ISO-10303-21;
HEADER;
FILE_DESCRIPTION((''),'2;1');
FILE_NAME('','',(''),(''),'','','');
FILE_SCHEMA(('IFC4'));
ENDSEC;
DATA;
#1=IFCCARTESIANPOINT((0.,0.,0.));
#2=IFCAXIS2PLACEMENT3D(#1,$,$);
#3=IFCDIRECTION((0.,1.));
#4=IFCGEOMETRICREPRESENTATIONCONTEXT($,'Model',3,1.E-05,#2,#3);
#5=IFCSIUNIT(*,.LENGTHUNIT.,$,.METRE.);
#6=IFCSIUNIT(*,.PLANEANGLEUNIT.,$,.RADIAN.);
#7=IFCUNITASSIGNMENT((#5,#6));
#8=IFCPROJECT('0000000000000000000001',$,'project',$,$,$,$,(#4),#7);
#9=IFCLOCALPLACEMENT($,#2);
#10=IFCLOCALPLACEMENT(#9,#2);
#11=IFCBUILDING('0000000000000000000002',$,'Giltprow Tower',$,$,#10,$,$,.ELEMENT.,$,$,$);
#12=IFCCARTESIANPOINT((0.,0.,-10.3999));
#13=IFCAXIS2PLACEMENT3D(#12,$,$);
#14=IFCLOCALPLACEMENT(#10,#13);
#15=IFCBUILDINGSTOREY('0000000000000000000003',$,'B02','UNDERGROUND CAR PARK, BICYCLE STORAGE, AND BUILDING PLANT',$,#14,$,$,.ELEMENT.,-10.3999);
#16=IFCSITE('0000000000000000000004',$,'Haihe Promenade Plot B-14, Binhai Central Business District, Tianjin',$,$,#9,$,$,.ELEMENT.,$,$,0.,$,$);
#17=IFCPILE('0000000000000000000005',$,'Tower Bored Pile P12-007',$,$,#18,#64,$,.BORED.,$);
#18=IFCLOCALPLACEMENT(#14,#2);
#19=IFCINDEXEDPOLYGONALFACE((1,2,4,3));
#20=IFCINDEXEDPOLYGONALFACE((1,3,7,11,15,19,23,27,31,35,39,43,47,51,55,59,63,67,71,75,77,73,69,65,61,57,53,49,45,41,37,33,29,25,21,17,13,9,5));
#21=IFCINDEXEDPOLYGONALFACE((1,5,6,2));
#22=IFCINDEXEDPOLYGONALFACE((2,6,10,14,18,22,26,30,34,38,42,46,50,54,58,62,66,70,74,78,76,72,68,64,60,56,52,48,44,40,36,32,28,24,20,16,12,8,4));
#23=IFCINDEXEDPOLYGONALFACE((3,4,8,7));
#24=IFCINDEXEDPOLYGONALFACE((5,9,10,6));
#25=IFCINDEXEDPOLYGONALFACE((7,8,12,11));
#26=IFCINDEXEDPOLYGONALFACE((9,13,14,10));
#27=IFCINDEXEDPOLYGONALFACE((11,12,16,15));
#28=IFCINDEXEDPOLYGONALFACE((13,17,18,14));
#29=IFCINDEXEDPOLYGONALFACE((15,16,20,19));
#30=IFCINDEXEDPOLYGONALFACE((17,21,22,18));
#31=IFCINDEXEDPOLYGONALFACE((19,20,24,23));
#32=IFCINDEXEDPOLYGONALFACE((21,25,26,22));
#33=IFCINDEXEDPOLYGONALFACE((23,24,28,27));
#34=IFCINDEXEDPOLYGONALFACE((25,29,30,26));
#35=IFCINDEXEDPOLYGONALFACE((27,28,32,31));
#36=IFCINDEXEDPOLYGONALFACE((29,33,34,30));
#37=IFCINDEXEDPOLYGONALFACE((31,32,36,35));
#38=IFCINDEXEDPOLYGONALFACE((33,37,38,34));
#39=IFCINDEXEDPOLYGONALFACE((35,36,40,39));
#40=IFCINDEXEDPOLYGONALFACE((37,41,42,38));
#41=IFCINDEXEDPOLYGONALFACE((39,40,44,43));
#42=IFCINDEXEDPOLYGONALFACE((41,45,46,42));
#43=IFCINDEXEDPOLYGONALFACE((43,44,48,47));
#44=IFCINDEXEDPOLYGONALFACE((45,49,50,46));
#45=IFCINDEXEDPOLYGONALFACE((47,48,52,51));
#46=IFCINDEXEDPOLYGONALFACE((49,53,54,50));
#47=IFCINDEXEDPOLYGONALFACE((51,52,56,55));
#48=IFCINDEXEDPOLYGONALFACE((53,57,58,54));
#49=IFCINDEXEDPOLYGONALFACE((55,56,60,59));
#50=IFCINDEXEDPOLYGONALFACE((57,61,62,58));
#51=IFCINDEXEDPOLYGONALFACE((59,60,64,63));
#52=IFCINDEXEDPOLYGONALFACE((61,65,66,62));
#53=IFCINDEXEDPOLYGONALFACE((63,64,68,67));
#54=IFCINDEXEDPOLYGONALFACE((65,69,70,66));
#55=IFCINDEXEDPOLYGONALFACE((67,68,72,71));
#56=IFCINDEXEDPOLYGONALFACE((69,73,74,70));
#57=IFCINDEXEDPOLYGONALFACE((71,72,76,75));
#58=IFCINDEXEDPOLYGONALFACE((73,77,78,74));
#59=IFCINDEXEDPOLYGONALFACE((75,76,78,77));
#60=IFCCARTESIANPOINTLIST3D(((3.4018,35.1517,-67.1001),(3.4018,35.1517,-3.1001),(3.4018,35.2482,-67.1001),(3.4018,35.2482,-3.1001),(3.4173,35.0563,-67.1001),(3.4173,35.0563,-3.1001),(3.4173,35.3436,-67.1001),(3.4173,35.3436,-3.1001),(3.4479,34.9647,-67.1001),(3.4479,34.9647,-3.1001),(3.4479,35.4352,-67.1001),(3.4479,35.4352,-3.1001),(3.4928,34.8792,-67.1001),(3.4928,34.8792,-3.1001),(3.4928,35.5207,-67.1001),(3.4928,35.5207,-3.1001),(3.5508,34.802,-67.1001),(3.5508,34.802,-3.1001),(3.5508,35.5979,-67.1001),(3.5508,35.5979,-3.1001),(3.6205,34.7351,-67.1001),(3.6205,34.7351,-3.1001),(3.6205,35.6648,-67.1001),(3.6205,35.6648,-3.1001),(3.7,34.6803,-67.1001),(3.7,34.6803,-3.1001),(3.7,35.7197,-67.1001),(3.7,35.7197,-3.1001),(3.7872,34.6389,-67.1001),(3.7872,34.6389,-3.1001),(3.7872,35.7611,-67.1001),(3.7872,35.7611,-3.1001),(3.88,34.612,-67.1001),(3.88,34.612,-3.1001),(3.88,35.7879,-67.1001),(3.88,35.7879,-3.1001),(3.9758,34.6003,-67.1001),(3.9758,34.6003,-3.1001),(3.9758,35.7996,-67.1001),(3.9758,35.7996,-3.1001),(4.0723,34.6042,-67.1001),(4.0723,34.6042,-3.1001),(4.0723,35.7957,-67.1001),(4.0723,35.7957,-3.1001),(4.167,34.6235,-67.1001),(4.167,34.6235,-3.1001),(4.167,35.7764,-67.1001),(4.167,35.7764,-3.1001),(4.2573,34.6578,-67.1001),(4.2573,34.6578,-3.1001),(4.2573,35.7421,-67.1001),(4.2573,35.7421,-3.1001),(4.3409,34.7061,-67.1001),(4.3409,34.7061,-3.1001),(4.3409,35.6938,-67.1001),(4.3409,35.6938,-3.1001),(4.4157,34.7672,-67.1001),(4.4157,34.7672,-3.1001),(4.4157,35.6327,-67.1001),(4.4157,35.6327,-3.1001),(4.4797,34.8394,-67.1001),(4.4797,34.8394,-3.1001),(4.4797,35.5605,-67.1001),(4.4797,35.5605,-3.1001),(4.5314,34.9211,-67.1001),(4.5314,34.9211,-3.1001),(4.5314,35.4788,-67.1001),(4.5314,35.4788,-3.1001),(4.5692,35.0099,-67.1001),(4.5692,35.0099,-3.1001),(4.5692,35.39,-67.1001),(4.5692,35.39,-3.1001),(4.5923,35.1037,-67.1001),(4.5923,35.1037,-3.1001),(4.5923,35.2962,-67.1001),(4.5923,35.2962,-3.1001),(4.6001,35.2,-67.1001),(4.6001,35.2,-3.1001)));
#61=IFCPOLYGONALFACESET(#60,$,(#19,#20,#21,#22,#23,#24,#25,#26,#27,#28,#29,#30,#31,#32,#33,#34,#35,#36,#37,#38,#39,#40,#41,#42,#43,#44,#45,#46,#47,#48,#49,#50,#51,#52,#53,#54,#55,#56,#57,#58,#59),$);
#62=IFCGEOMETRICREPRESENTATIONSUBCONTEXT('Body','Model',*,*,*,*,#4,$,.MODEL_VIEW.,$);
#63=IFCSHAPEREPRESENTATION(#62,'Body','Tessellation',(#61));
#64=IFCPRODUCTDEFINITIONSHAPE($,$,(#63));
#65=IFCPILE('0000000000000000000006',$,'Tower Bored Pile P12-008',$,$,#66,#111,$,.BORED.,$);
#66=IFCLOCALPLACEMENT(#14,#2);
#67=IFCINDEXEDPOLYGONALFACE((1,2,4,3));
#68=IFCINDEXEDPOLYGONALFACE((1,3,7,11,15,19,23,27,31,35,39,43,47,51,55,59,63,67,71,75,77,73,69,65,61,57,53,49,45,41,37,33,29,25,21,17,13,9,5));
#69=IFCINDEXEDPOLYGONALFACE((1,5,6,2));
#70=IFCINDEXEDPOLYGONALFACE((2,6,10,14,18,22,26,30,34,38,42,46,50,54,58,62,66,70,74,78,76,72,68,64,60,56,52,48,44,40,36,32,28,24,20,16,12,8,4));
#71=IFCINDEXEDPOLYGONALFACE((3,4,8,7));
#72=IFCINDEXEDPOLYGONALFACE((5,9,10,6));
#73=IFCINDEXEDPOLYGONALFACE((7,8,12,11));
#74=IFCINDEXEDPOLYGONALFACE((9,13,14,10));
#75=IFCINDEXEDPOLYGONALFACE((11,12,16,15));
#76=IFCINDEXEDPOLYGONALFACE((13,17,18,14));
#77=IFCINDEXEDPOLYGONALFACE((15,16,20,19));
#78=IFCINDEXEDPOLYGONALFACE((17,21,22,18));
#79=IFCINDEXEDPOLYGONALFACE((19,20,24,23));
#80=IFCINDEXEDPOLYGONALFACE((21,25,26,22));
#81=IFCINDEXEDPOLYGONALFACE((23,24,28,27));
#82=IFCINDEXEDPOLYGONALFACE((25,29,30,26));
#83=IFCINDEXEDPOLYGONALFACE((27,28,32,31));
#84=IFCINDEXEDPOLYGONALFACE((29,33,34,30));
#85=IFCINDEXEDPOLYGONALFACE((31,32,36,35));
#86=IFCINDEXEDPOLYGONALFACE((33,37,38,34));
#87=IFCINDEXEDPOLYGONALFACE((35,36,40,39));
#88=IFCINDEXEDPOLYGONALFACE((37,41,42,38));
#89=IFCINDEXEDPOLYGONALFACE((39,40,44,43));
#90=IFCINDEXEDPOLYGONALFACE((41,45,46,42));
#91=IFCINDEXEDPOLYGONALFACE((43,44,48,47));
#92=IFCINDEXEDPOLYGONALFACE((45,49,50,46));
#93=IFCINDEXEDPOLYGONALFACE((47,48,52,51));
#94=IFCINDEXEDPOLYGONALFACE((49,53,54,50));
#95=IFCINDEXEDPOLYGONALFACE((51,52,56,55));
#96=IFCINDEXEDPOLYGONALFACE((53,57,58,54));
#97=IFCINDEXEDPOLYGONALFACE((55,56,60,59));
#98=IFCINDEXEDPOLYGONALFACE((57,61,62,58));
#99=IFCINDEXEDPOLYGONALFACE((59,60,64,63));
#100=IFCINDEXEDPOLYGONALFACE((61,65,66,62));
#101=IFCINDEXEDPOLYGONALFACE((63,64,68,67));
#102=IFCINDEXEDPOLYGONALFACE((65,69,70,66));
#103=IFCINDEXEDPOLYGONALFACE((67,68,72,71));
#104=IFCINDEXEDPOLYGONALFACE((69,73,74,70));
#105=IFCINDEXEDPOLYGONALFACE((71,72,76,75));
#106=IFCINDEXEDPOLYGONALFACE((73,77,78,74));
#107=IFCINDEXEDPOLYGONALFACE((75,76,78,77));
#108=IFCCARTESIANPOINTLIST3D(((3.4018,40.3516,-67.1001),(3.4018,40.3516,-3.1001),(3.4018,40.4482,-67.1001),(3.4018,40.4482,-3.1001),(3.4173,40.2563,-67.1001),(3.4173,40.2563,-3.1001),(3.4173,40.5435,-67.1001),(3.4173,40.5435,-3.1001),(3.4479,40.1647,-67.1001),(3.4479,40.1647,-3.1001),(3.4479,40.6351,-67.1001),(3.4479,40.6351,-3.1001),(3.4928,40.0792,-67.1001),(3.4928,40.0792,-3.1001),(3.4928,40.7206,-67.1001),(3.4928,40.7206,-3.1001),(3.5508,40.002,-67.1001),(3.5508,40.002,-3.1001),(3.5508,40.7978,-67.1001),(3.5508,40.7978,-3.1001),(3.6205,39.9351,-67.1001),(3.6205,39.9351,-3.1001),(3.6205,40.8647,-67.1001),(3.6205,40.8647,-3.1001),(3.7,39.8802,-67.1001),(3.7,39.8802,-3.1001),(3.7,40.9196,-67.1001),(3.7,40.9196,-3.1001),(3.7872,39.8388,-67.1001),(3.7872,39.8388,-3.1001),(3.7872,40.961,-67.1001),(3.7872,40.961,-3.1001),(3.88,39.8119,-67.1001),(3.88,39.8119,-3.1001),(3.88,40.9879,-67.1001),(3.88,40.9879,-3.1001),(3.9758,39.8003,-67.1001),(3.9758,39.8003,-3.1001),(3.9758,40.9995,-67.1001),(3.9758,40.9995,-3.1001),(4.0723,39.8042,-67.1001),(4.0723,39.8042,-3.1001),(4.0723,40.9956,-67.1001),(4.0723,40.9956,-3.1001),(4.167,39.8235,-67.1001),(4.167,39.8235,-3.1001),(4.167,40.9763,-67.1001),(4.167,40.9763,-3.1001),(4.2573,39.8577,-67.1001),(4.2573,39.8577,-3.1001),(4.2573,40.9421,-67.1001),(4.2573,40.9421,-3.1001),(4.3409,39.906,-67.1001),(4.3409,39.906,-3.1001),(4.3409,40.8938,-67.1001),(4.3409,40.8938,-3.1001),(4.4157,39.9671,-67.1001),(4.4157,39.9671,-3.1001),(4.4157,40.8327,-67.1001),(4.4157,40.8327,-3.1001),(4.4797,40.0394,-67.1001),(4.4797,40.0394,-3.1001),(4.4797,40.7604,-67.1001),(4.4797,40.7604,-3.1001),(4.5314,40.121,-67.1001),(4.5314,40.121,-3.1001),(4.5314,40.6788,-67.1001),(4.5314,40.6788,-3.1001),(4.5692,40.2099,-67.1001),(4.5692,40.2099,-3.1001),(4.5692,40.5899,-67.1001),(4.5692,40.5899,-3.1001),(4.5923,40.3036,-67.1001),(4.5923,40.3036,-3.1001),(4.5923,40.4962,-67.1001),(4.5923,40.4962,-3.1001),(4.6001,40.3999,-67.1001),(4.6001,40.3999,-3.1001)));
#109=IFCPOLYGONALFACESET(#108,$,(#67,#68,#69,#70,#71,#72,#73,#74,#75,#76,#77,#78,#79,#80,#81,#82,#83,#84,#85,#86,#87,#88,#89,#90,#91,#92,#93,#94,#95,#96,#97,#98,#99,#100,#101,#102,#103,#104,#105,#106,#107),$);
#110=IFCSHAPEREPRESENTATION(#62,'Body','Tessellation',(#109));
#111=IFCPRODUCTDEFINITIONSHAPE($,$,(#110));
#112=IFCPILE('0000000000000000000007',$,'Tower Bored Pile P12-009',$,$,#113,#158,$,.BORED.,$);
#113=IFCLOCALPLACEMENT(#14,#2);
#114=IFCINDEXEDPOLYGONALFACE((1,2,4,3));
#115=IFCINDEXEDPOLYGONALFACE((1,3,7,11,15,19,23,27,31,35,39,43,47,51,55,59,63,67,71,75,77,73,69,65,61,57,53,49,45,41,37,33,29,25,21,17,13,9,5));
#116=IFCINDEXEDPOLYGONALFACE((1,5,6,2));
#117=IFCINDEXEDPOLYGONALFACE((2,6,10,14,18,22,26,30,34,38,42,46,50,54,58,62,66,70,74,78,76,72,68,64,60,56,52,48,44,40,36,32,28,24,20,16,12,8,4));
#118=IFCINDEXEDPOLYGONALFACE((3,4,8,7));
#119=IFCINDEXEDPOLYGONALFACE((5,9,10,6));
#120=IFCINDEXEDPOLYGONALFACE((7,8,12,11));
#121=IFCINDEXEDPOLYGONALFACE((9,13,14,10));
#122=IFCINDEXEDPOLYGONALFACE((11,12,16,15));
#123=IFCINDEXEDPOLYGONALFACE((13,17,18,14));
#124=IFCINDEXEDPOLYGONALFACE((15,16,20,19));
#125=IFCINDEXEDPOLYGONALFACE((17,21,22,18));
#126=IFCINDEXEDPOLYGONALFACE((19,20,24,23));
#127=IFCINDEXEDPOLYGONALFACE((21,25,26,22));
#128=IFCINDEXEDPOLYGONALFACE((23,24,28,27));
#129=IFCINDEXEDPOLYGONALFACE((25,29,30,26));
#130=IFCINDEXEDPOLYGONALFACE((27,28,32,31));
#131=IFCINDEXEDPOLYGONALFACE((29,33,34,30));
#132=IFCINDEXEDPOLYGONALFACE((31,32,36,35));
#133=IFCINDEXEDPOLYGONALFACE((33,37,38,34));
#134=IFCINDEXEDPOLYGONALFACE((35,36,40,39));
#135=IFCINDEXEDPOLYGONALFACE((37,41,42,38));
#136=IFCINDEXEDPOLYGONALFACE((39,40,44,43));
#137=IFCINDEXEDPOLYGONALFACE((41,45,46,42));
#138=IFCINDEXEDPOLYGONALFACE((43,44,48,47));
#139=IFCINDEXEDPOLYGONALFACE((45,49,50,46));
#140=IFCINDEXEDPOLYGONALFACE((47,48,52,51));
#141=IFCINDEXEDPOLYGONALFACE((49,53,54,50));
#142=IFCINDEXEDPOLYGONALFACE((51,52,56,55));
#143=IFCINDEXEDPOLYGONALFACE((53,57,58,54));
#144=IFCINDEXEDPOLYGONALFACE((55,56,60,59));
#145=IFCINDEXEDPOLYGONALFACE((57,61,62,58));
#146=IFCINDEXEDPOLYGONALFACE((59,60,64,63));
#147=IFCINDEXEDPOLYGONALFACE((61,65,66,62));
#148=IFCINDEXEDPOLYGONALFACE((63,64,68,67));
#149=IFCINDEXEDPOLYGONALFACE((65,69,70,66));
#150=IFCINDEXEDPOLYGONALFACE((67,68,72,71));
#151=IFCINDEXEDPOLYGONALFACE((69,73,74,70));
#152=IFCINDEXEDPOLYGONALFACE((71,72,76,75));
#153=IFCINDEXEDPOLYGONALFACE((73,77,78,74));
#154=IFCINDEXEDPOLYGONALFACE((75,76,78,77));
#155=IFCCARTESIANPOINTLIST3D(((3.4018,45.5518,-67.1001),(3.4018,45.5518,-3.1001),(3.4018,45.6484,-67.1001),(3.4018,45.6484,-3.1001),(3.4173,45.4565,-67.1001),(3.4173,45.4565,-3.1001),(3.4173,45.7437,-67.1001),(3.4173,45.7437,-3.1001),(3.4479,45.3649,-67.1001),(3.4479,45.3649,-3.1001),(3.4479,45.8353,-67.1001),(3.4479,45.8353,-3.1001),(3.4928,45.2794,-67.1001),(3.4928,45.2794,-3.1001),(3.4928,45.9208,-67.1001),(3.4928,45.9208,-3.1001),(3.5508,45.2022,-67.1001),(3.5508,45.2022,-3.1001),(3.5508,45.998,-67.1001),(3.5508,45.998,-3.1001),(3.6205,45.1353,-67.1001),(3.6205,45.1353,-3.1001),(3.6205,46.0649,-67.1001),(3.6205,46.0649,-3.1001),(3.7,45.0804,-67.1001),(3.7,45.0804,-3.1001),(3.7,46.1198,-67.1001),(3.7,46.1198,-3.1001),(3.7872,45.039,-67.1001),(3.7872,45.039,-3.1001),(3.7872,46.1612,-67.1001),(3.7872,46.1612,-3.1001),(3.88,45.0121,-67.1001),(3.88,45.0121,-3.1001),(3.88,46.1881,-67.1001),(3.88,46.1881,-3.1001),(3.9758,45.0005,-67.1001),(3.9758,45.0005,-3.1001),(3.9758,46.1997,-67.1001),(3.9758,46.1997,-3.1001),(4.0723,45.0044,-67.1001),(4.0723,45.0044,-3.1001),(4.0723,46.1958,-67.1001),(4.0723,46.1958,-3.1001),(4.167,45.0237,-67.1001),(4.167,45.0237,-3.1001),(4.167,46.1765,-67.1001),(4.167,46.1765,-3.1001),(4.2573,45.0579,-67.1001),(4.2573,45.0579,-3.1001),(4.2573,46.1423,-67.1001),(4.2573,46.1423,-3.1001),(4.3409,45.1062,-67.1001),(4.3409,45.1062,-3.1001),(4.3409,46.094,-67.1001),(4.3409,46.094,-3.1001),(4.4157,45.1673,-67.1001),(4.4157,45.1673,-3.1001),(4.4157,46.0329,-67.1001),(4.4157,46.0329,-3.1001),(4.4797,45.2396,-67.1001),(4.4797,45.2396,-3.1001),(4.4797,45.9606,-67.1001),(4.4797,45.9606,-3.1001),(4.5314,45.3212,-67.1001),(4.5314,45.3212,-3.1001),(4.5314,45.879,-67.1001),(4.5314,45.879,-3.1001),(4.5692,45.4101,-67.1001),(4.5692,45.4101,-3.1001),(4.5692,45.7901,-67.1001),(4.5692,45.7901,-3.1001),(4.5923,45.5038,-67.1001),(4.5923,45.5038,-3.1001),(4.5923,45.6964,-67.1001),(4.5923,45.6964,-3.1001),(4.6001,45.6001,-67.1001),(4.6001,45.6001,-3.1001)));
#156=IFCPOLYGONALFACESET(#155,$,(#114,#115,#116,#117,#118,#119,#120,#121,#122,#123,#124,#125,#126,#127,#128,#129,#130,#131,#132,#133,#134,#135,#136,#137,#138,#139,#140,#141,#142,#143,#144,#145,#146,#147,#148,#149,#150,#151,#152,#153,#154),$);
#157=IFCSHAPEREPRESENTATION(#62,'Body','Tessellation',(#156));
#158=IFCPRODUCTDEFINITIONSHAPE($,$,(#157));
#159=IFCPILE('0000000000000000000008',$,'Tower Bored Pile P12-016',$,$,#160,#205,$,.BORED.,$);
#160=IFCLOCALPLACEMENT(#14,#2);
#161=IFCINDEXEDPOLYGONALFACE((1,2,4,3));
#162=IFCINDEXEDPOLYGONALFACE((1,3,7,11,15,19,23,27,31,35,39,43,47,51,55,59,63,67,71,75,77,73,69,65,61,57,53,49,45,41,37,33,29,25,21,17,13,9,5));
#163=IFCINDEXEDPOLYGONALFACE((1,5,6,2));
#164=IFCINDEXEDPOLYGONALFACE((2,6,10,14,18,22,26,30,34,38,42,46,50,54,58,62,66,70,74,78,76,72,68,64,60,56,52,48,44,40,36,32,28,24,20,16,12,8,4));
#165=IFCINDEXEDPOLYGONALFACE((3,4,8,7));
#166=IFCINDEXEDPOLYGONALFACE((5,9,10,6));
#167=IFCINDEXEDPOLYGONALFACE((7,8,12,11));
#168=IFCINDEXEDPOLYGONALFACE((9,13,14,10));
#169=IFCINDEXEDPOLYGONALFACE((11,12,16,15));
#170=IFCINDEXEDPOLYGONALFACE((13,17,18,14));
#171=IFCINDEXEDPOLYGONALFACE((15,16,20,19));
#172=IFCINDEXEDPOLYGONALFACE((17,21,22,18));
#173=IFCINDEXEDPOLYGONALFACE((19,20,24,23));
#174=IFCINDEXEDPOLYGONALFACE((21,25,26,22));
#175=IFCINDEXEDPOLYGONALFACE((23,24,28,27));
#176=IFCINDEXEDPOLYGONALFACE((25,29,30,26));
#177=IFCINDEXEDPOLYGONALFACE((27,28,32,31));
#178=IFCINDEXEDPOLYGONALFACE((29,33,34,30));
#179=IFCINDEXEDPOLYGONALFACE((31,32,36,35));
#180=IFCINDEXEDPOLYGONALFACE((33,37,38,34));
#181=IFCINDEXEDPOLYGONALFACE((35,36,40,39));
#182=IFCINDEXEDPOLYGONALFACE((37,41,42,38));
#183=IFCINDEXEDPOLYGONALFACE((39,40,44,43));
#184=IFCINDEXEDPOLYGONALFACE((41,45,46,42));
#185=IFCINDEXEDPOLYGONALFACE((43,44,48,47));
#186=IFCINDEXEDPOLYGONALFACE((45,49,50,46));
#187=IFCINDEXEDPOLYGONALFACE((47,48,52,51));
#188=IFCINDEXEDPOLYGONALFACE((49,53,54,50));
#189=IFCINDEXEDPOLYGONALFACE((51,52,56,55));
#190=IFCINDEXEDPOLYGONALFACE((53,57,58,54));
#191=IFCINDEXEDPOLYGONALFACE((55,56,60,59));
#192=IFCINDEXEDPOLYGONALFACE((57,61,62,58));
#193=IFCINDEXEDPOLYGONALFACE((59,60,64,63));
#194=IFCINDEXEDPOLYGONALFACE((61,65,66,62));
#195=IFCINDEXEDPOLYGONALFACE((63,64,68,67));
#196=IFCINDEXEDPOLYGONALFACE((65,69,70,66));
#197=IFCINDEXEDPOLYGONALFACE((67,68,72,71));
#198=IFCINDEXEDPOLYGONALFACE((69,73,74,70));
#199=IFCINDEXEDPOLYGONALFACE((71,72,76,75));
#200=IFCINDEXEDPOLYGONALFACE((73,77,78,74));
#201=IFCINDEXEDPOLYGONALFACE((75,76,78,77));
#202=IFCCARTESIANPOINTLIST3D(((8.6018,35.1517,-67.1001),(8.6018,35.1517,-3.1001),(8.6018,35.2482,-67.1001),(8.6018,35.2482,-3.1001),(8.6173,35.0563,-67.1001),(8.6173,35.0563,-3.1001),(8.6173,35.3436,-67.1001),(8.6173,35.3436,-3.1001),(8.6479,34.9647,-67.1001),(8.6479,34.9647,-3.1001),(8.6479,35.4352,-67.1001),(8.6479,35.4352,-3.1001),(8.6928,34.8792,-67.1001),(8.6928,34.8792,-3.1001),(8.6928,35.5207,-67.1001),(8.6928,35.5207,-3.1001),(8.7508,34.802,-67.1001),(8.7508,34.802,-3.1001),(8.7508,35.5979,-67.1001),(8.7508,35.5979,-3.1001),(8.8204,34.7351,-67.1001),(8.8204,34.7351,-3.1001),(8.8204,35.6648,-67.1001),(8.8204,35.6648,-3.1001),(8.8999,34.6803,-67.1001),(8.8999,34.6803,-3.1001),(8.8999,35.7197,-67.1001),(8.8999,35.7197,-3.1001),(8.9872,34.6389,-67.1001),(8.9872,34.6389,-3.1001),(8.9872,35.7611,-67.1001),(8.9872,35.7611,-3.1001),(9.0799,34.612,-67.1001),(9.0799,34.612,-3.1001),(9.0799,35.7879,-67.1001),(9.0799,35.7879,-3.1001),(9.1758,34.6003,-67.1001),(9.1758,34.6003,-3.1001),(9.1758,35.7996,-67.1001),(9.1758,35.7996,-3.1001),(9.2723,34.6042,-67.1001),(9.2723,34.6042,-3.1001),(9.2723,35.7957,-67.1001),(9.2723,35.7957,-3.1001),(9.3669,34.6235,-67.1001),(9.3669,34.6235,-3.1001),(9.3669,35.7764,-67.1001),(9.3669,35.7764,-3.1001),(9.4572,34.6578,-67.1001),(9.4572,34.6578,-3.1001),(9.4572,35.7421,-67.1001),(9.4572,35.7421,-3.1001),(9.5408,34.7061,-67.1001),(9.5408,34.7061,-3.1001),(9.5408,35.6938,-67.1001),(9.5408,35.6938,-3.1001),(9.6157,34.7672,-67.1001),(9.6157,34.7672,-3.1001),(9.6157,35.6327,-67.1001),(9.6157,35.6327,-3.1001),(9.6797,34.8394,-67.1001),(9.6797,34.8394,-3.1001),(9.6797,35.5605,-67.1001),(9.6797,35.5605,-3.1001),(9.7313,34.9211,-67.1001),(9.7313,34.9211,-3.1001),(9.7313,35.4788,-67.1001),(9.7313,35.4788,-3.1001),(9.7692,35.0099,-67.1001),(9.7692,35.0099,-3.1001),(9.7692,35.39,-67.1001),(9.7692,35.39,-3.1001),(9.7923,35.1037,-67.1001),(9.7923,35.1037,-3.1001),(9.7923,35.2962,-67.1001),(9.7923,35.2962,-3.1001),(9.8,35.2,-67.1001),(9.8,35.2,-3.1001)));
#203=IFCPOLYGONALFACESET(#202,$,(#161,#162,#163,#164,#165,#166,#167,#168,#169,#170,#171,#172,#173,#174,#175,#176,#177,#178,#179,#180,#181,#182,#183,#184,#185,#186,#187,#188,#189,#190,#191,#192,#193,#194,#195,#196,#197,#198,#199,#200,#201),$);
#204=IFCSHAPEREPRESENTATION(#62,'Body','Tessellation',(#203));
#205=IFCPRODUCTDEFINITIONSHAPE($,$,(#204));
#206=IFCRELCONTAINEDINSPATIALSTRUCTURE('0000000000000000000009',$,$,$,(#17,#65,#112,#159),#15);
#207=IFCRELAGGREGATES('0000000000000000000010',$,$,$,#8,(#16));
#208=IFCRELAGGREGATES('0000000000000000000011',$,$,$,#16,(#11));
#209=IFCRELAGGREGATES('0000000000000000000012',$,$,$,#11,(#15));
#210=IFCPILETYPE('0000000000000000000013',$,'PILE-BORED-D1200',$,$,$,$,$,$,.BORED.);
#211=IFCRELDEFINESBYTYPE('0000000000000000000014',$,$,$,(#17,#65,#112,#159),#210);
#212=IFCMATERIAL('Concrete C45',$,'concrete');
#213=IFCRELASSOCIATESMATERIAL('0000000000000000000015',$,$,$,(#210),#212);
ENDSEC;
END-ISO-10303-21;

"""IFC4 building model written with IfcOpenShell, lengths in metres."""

from ifc_helpers import new_model, si_unit, direction, frame, origin, origin_2d, place, context, subcontext, project, spatial, circle, extrude, source, transform, mapped, material, material_profile, profile_set, type_object, element, save


model = new_model("IFC4")

# Units and contexts
model_context = context("Model", 3, precision=1e-05, world=origin(), true_north=direction((0.0, 1.0)))
body_context = subcontext(model_context, "Body", "Model", "MODEL_VIEW")
ifc_project = project(units=[si_unit("LENGTHUNIT", "METRE"), si_unit("PLANEANGLEUNIT", "RADIAN")], contexts=[model_context])

# Site, building, storey
site_placement = place(None, origin())
site = spatial("IfcSite", under=ifc_project, at=site_placement, Name="Haihe Promenade Plot B-14, Binhai Central Business District, Tianjin", CompositionType="ELEMENT", RefElevation=0.0)
building_placement = place(site_placement, origin())
building = spatial("IfcBuilding", under=site, at=building_placement, Name="Giltprow Tower", CompositionType="ELEMENT")
storey_placement = place(building_placement, frame((0.0, 0.0, -10.3999)))
storey = spatial("IfcBuildingStorey", under=building, at=storey_placement, Name="B02", Description="UNDERGROUND CAR PARK, BICYCLE STORAGE, AND BUILDING PLANT", CompositionType="ELEMENT", Elevation=-10.3999)

# Piles
ifc_material_1 = material(Name="Concrete C45", Category="concrete")
ifc_material_profile_1 = material_profile(ifc_material_1, circle(Radius=0.6001, at=origin_2d()), Name="PILE D1200")
ifc_profile_set_1 = profile_set([ifc_material_profile_1], Name="Concrete C45")
pile_type_1 = type_object("IfcPileType", Name="PILE-BORED-D1200", PredefinedType="BORED", material=ifc_profile_set_1)
shared_shape_1 = source(origin(), body_context, "Body", "SweptSolid", [
    extrude(circle(Radius=0.6001, at=origin_2d()), origin(), (0.0, 0.0, 1.0), 64.0),
])
for number, where, z_axis, x_axis, name in (
    (1, (4.0, 35.2, -3.1001), (0.0, 0.0, -1.0), (1.0, 0.0, 0.0), "Tower Bored Pile P12-007"),
    (2, (4.0, 40.3999, -3.1001), (0.0, 0.0, -1.0), (1.0, 0.0, 0.0), "Tower Bored Pile P12-008"),
    (3, (4.0, 45.6001, -3.1001), (0.0, 0.0, -1.0), (1.0, 0.0, 0.0), "Tower Bored Pile P12-009"),
    (4, (9.2, 35.2, -3.1001), (0.0, 0.0, -1.0), (1.0, 0.0, 0.0), "Tower Bored Pile P12-016"),
):
    element("IfcPile", number, at=place(storey_placement, frame(where, z_axis=z_axis, x_axis=x_axis)), inside=storey, type_object=pile_type_1, Name=name, PredefinedType="BORED", context=body_context, shape_type="MappedRepresentation", body=[
        mapped(shared_shape_1, transform((0.0, 0.0, 0.0), x_axis=(1.0, 0.0, 0.0), y_axis=(0.0, 1.0, 0.0), z_axis=(0.0, 0.0, 1.0), scale=1.0)),
    ])

save(model, "model.ifc")
